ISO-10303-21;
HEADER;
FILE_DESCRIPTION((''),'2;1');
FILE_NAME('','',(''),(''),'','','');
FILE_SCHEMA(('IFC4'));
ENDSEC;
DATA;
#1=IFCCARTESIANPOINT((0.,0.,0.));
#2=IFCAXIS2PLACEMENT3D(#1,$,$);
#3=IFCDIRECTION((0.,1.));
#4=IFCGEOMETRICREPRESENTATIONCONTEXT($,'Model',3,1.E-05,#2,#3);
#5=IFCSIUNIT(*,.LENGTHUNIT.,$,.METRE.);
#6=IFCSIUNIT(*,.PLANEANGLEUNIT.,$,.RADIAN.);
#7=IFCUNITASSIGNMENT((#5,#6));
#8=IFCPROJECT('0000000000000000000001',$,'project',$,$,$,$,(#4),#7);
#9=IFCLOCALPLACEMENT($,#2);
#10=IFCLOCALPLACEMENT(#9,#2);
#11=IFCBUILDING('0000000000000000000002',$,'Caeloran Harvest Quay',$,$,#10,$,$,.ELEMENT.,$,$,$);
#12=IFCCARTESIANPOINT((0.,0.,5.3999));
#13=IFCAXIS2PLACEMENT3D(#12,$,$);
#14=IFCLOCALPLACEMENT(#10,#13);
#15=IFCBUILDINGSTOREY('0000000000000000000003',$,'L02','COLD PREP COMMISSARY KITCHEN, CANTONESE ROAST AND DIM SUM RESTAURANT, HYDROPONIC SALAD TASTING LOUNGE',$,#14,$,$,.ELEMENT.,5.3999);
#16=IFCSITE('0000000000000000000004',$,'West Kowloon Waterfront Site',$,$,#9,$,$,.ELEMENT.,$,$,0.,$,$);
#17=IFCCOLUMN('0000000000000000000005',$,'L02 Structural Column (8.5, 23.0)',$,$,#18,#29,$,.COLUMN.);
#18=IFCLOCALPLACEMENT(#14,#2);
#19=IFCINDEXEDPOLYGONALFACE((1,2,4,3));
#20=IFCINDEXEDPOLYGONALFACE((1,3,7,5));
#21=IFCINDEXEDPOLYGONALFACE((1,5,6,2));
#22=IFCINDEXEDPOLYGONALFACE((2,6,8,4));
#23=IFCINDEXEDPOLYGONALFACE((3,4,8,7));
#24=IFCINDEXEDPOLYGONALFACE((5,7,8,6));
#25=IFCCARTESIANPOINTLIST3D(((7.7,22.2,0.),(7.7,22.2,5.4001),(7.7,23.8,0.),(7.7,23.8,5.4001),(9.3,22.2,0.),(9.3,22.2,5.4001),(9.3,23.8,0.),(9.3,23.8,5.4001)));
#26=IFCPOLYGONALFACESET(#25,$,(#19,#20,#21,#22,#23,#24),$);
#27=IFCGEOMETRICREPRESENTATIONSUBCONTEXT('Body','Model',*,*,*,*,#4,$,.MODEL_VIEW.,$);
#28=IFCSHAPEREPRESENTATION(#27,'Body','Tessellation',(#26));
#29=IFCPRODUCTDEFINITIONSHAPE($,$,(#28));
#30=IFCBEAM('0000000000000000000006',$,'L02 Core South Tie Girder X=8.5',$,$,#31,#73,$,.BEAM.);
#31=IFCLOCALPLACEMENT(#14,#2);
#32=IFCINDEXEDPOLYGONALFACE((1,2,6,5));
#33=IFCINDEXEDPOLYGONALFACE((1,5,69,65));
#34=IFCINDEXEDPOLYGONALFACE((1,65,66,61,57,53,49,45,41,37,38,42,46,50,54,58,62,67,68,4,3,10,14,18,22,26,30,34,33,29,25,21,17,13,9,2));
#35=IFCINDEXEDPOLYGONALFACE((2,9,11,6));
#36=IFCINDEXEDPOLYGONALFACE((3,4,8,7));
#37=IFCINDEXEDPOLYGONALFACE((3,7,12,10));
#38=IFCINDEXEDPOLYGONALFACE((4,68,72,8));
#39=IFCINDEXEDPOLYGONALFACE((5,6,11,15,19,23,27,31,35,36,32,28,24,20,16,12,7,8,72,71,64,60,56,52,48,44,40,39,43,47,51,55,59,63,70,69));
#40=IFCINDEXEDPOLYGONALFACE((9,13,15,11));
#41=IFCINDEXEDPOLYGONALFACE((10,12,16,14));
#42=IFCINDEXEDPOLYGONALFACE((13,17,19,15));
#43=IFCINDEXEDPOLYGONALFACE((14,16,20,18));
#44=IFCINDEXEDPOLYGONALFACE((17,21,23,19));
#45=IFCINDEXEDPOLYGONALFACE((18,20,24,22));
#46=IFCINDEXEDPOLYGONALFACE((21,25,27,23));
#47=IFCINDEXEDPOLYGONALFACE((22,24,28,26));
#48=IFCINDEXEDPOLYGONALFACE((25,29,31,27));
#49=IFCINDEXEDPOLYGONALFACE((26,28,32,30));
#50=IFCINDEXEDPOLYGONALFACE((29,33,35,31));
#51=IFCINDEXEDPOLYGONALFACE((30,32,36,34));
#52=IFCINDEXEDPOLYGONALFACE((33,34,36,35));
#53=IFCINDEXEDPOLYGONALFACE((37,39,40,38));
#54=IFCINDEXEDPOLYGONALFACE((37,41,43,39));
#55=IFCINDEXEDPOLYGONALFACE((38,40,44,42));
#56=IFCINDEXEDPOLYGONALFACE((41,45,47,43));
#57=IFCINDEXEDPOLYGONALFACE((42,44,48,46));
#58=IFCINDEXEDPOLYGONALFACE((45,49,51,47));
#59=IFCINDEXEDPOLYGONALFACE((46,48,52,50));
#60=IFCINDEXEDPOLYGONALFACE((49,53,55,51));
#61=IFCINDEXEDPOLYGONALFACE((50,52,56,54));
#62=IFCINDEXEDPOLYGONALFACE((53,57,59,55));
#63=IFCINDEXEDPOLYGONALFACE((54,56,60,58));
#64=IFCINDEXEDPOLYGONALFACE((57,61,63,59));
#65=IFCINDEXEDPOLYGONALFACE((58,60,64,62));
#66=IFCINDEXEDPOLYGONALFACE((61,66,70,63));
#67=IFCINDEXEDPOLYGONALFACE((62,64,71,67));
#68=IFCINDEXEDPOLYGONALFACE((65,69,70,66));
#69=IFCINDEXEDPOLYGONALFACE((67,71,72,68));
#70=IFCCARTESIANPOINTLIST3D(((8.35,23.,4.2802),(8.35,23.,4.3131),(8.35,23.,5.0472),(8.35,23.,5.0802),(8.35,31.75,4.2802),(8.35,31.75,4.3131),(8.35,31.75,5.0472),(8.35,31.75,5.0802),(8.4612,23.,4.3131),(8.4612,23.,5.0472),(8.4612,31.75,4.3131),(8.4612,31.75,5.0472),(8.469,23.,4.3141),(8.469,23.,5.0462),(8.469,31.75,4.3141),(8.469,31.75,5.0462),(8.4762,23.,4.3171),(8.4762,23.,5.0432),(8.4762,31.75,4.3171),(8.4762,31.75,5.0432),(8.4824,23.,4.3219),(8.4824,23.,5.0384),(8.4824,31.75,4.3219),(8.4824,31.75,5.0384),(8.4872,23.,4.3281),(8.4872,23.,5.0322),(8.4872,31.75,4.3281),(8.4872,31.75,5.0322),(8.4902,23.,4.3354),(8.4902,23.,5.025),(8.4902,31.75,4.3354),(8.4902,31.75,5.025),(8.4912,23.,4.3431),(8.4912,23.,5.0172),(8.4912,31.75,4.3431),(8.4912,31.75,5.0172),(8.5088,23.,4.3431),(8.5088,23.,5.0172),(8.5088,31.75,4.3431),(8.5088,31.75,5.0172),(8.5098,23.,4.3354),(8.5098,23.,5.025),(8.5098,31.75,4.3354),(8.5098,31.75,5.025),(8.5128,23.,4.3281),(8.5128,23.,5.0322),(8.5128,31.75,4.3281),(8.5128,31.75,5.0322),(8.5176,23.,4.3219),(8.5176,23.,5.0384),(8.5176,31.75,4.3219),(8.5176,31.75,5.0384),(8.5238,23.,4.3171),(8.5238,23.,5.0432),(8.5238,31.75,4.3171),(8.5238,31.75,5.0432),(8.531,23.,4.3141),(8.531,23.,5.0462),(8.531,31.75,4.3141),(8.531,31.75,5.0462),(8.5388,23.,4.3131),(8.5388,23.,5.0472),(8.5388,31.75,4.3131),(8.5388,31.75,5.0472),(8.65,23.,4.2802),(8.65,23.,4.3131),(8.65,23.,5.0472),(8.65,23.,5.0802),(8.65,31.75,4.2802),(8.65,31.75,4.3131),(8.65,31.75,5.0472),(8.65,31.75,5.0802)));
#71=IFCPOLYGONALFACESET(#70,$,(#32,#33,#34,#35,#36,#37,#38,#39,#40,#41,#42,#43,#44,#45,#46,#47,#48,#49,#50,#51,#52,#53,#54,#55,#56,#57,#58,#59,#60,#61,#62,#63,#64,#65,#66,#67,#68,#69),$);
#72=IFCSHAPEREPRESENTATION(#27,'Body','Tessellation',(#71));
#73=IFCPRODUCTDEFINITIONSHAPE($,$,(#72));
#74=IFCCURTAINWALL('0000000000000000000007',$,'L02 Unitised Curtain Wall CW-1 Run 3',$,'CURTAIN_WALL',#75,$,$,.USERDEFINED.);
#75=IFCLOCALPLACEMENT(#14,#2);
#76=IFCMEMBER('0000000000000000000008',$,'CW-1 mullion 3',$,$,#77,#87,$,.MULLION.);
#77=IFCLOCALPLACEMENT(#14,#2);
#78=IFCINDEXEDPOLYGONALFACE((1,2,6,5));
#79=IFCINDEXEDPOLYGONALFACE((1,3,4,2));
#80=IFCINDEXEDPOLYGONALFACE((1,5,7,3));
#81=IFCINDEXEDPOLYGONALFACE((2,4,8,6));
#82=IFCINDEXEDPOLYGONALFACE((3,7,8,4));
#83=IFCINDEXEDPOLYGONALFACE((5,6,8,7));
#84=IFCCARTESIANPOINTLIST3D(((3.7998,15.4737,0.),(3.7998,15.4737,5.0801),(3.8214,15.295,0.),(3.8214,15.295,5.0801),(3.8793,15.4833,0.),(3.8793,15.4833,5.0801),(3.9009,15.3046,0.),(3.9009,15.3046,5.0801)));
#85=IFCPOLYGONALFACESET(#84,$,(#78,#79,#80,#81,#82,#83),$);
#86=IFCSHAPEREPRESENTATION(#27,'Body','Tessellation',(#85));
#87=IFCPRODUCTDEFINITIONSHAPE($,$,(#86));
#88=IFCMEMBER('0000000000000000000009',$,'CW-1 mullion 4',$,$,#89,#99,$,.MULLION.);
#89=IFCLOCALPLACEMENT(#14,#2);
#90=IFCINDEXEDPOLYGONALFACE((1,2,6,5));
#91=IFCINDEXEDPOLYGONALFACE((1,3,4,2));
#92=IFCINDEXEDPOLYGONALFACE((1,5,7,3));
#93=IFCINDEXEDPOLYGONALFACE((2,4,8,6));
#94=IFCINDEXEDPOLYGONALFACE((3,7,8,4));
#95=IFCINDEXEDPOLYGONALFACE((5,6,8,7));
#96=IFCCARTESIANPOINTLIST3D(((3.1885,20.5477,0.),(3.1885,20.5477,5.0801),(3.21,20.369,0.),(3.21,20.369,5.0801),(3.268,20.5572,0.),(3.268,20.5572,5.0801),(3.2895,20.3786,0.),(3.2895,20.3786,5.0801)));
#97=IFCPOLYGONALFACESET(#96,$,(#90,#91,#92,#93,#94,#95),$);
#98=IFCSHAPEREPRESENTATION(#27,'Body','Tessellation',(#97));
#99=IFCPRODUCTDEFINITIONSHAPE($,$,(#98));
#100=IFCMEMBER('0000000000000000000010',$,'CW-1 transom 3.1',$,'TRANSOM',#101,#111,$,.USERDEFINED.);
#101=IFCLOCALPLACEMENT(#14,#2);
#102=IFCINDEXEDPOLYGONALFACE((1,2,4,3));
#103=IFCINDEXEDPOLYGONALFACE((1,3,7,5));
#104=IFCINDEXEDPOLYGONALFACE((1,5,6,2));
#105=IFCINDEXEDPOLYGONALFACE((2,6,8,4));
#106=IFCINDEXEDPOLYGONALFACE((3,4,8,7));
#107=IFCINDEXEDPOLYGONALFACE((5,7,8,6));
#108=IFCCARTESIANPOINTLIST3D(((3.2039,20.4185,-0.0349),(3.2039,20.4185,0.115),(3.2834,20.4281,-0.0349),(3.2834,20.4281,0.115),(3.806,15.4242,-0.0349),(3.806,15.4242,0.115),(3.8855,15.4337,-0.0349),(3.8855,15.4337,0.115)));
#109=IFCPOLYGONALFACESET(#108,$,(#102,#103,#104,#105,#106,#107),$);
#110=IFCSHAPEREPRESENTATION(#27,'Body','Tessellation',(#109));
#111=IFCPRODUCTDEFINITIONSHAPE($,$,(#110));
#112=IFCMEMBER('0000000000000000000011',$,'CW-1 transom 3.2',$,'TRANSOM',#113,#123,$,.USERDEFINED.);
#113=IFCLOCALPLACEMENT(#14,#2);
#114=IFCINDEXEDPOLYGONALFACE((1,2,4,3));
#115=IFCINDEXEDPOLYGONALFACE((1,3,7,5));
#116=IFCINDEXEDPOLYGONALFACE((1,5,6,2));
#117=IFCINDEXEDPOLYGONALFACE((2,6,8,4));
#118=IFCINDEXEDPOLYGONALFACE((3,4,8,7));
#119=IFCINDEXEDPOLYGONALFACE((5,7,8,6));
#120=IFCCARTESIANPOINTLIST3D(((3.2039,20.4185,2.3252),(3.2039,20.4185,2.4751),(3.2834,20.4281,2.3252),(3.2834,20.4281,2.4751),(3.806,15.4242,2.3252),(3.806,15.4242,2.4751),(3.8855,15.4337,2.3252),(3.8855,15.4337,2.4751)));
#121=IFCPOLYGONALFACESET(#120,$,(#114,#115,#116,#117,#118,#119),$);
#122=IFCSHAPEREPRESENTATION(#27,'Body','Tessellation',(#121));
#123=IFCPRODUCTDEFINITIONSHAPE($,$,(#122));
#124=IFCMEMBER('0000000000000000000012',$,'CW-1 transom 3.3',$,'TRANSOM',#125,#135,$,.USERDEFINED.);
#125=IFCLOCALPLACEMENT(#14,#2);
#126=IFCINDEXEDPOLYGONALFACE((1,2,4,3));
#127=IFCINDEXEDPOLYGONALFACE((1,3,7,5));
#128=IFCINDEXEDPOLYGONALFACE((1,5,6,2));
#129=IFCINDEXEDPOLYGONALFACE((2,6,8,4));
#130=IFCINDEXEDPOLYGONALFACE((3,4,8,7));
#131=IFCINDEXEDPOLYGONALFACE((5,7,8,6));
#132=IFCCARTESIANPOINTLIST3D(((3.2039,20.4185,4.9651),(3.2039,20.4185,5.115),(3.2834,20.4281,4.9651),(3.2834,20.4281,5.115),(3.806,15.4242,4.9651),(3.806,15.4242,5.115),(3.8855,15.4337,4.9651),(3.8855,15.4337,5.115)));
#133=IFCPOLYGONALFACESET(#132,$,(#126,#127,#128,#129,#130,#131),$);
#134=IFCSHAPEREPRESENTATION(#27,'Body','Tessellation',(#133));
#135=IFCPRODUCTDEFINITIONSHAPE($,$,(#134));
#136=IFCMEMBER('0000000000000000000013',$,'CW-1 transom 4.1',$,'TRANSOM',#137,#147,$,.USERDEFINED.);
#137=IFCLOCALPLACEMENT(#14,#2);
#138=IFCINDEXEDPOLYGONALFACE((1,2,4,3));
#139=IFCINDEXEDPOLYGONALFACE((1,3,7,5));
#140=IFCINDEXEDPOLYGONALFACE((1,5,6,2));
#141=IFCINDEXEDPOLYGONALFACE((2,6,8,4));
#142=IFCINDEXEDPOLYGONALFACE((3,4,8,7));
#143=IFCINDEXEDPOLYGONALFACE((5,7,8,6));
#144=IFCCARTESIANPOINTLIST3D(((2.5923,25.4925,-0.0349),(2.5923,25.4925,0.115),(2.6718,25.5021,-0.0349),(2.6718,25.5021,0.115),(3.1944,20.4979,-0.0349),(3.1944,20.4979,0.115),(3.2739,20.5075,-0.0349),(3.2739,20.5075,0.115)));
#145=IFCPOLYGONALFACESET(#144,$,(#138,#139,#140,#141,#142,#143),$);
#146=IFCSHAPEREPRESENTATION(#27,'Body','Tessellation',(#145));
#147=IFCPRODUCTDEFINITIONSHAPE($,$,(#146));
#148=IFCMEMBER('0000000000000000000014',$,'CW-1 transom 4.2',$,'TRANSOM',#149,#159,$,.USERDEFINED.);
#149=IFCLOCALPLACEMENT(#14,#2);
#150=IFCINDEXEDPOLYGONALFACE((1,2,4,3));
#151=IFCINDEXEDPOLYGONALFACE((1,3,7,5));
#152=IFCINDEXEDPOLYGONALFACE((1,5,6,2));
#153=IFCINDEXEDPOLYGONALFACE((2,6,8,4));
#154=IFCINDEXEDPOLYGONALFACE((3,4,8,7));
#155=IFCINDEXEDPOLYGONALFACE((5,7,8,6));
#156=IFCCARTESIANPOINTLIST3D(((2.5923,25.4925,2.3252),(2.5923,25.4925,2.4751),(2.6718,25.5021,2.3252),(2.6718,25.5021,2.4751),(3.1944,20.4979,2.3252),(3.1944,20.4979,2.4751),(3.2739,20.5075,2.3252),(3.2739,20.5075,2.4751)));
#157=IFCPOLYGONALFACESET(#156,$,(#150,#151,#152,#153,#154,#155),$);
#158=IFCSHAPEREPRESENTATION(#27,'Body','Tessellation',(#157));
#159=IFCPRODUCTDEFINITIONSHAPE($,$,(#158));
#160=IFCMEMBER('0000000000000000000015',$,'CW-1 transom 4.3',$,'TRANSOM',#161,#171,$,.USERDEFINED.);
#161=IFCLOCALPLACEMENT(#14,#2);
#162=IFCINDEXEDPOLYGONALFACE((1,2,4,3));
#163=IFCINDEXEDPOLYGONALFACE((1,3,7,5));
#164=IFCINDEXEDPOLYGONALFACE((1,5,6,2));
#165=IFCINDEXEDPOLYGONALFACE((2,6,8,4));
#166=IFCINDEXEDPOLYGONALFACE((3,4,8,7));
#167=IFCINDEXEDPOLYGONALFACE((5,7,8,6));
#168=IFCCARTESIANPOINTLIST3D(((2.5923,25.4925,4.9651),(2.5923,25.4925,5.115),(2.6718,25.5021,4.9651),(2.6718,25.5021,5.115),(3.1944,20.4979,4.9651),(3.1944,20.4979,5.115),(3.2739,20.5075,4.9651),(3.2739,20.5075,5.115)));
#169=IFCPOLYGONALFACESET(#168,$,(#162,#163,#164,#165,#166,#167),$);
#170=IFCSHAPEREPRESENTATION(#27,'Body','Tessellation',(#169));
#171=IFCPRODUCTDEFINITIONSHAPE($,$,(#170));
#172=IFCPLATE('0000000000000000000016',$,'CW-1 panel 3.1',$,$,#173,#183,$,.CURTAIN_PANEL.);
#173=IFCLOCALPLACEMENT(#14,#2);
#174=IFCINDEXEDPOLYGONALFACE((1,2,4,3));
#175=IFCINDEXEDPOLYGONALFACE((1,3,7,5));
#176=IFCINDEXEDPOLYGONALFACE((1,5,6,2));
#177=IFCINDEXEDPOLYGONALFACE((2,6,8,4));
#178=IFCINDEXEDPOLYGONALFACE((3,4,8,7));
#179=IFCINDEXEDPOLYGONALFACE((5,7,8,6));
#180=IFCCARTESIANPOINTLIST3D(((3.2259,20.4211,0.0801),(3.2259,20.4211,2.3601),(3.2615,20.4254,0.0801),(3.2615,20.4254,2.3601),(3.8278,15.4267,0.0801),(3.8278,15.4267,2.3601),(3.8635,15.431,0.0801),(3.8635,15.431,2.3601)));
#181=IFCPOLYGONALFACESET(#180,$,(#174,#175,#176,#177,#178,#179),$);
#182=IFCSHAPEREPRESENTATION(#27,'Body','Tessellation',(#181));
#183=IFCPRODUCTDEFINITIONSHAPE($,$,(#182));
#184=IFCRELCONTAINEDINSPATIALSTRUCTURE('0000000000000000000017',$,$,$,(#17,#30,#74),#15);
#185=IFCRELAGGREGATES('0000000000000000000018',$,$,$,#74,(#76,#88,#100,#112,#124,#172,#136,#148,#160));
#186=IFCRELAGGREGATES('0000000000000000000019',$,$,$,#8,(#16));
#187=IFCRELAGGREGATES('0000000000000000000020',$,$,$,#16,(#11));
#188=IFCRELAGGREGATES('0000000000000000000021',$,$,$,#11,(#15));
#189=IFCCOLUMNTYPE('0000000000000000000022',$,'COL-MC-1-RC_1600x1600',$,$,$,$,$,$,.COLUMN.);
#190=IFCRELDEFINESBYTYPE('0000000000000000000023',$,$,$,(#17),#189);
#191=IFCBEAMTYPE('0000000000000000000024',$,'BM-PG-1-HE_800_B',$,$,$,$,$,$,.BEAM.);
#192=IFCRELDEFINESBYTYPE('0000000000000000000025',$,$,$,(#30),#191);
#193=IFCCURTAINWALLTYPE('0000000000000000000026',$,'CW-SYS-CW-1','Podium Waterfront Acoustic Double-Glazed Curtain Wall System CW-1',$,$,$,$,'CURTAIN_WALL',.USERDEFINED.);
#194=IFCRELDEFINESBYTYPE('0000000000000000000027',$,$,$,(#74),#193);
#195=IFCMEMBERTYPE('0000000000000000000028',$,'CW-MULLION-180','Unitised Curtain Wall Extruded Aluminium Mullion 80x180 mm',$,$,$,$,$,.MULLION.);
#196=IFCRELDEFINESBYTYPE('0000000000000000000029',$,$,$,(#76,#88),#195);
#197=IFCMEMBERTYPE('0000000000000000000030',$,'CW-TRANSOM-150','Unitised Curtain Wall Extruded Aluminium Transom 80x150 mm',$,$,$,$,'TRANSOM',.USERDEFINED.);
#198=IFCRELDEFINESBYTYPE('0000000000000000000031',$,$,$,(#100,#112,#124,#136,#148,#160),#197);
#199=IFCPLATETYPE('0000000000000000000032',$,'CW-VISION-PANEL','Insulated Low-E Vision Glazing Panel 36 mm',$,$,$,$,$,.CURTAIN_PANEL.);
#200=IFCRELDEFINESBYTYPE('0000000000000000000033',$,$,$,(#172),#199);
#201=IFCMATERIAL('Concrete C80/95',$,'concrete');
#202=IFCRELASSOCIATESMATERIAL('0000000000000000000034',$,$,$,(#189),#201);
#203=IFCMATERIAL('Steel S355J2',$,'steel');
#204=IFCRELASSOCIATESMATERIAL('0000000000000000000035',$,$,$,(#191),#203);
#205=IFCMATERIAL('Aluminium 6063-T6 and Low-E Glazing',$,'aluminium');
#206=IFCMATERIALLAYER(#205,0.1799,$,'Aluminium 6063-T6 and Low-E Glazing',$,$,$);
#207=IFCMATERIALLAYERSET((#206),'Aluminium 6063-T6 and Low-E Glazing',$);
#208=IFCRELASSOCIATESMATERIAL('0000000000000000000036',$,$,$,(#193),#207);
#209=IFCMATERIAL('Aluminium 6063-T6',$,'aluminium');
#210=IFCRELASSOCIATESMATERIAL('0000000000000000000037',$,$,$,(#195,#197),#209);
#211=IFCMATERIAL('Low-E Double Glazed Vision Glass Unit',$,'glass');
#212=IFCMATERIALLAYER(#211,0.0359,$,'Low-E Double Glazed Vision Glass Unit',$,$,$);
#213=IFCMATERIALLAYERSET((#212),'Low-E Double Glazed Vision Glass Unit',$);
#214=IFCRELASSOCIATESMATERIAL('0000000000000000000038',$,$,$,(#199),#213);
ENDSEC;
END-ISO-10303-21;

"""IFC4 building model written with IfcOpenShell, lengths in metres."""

from ifc_helpers import new_model, si_unit, direction, frame, origin, origin_2d, place, context, subcontext, project, spatial, rectangle, i_section, extrude, material, layer, layer_set, material_profile, profile_set, type_object, element, aggregate, save


model = new_model("IFC4")

# Units and contexts
model_context = context("Model", 3, precision=1e-05, world=origin(), true_north=direction((0.0, 1.0)))
body_context = subcontext(model_context, "Body", "Model", "MODEL_VIEW")
ifc_project = project(units=[si_unit("LENGTHUNIT", "METRE"), si_unit("PLANEANGLEUNIT", "RADIAN")], contexts=[model_context])

# Site, building, storey
site_placement = place(None, origin())
site = spatial("IfcSite", under=ifc_project, at=site_placement, Name="West Kowloon Waterfront Site", CompositionType="ELEMENT", RefElevation=0.0)
building_placement = place(site_placement, origin())
building = spatial("IfcBuilding", under=site, at=building_placement, Name="Caeloran Harvest Quay", CompositionType="ELEMENT")
storey_placement = place(building_placement, frame((0.0, 0.0, 5.3999)))
storey = spatial("IfcBuildingStorey", under=building, at=storey_placement, Name="L02", Description="COLD PREP COMMISSARY KITCHEN, CANTONESE ROAST AND DIM SUM RESTAURANT, HYDROPONIC SALAD TASTING LOUNGE", CompositionType="ELEMENT", Elevation=5.3999)

# Column
ifc_material_1 = material(Name="Concrete C80/95", Category="concrete")
ifc_material_profile_1 = material_profile(ifc_material_1, rectangle(XDim=1.6001, YDim=1.6001, at=origin_2d()), Name="RC 1600x1600")
ifc_profile_set_1 = profile_set([ifc_material_profile_1], Name="Concrete C80/95")
column_type = type_object("IfcColumnType", Name="COL-MC-1-RC_1600x1600", PredefinedType="COLUMN", material=ifc_profile_set_1)
column_placement = place(storey_placement, frame((8.5, 23.0, 0.0), z_axis=(0.0, 0.0, 1.0), x_axis=(1.0, 0.0, 0.0)))
element("IfcColumn", 1, at=column_placement, inside=storey, type_object=column_type, Name="L02 Structural Column (8.5, 23.0)", PredefinedType="COLUMN", context=body_context, shape_type="SweptSolid", body=[
    extrude(rectangle(XDim=1.6001, YDim=1.6001, at=origin_2d()), origin(), (0.0, 0.0, 1.0), 5.4001),
])

# Beam
ifc_material_2 = material(Name="Steel S355J2", Category="steel")
ifc_material_profile_2 = material_profile(ifc_material_2, i_section(OverallWidth=0.3, OverallDepth=0.8, WebThickness=0.0176, FlangeThickness=0.033, FilletRadius=0.03, at=origin_2d()), Name="HE 800 B")
ifc_profile_set_2 = profile_set([ifc_material_profile_2], Name="Steel S355J2")
beam_type = type_object("IfcBeamType", Name="BM-PG-1-HE_800_B", PredefinedType="BEAM", material=ifc_profile_set_2)
beam_placement = place(storey_placement, frame((8.5, 23.0, 4.6802), z_axis=(0.0, 1.0, 0.0), x_axis=(-1.0, 0.0, 0.0)))
element("IfcBeam", 2, at=beam_placement, inside=storey, type_object=beam_type, Name="L02 Core South Tie Girder X=8.5", PredefinedType="BEAM", context=body_context, shape_type="SweptSolid", body=[
    extrude(i_section(OverallWidth=0.3, OverallDepth=0.8, WebThickness=0.0176, FlangeThickness=0.033, FilletRadius=0.03, at=origin_2d()), origin(), (0.0, 0.0, 1.0), 8.75),
])

# Curtain wall, members, plate
ifc_material_3 = material(Name="Aluminium 6063-T6 and Low-E Glazing", Category="aluminium")
ifc_layer_1 = layer(ifc_material_3, 0.1799, Name="Aluminium 6063-T6 and Low-E Glazing")
ifc_layer_set_1 = layer_set([ifc_layer_1], Name="Aluminium 6063-T6 and Low-E Glazing")
curtain_wall_type = type_object("IfcCurtainWallType", Name="CW-SYS-CW-1", Description="Podium Waterfront Acoustic Double-Glazed Curtain Wall System CW-1", ElementType="CURTAIN_WALL", PredefinedType="USERDEFINED", material=ifc_layer_set_1)
curtain_wall_placement = place(storey_placement, origin())
curtain_wall = element("IfcCurtainWall", 3, at=curtain_wall_placement, inside=storey, type_object=curtain_wall_type, Name="L02 Unitised Curtain Wall CW-1 Run 3", ObjectType="CURTAIN_WALL", PredefinedType="USERDEFINED")
ifc_material_4 = material(Name="Aluminium 6063-T6", Category="aluminium")
ifc_material_profile_3 = material_profile(ifc_material_4, rectangle(XDim=0.0801, YDim=0.1799, at=origin_2d()), Name="CW-MULLION-180")
ifc_profile_set_3 = profile_set([ifc_material_profile_3], Name="Aluminium 6063-T6")
member_type_1 = type_object("IfcMemberType", Name="CW-MULLION-180", Description="Unitised Curtain Wall Extruded Aluminium Mullion 80x180 mm", PredefinedType="MULLION", material=ifc_profile_set_3)
member_1_placement = place(storey_placement, frame((3.8503, 15.3892, 0.0), z_axis=(0.0, 0.0, 1.0), x_axis=(-0.992815, -0.119658, 0.0)))
member_1 = element("IfcMember", 4, at=member_1_placement, type_object=member_type_1, Name="CW-1 mullion 3", PredefinedType="MULLION", context=body_context, shape_type="SweptSolid", body=[
    extrude(rectangle(XDim=0.0801, YDim=0.1799, at=origin_2d()), origin(), (0.0, 0.0, 1.0), 5.0801),
])
member_2_placement = place(storey_placement, frame((3.239, 20.4631, 0.0), z_axis=(0.0, 0.0, 1.0), x_axis=(-0.992815, -0.119658, 0.0)))
member_2 = element("IfcMember", 5, at=member_2_placement, type_object=member_type_1, Name="CW-1 mullion 4", PredefinedType="MULLION", context=body_context, shape_type="SweptSolid", body=[
    extrude(rectangle(XDim=0.0801, YDim=0.1799, at=origin_2d()), origin(), (0.0, 0.0, 1.0), 5.0801),
])
ifc_material_profile_4 = material_profile(ifc_material_4, rectangle(XDim=0.0801, YDim=0.1499, at=origin_2d()), Name="CW-TRANSOM-150")
ifc_profile_set_4 = profile_set([ifc_material_profile_4], Name="Aluminium 6063-T6")
member_type_2 = type_object("IfcMemberType", Name="CW-TRANSOM-150", Description="Unitised Curtain Wall Extruded Aluminium Transom 80x150 mm", ElementType="TRANSOM", PredefinedType="USERDEFINED", material=ifc_profile_set_4)
member_3_placement = place(storey_placement, frame((3.8457, 15.429, 0.04), z_axis=(-0.119679, 0.992813, 0.0), x_axis=(-0.992813, -0.119679, 0.0)))
member_3 = element("IfcMember", 6, at=member_3_placement, type_object=member_type_2, Name="CW-1 transom 3.1", ObjectType="TRANSOM", PredefinedType="USERDEFINED", context=body_context, shape_type="SweptSolid", body=[
    extrude(rectangle(XDim=0.0801, YDim=0.1499, at=origin_2d()), origin(), (0.0, 0.0, 1.0), 5.0305),
])
member_4_placement = place(storey_placement, frame((3.8457, 15.429, 2.4001), z_axis=(-0.119679, 0.992813, 0.0), x_axis=(-0.992813, -0.119679, 0.0)))
member_4 = element("IfcMember", 7, at=member_4_placement, type_object=member_type_2, Name="CW-1 transom 3.2", ObjectType="TRANSOM", PredefinedType="USERDEFINED", context=body_context, shape_type="SweptSolid", body=[
    extrude(rectangle(XDim=0.0801, YDim=0.1499, at=origin_2d()), origin(), (0.0, 0.0, 1.0), 5.0305),
])
member_5_placement = place(storey_placement, frame((3.8457, 15.429, 5.04), z_axis=(-0.119679, 0.992813, 0.0), x_axis=(-0.992813, -0.119679, 0.0)))
member_5 = element("IfcMember", 8, at=member_5_placement, type_object=member_type_2, Name="CW-1 transom 3.3", ObjectType="TRANSOM", PredefinedType="USERDEFINED", context=body_context, shape_type="SweptSolid", body=[
    extrude(rectangle(XDim=0.0801, YDim=0.1499, at=origin_2d()), origin(), (0.0, 0.0, 1.0), 5.0305),
])
member_6_placement = place(storey_placement, frame((3.2341, 20.5027, 0.04), z_axis=(-0.119673, 0.992813, 0.0), x_axis=(-0.992813, -0.119673, 0.0)))
member_6 = element("IfcMember", 9, at=member_6_placement, type_object=member_type_2, Name="CW-1 transom 4.1", ObjectType="TRANSOM", PredefinedType="USERDEFINED", context=body_context, shape_type="SweptSolid", body=[
    extrude(rectangle(XDim=0.0801, YDim=0.1499, at=origin_2d()), origin(), (0.0, 0.0, 1.0), 5.0308),
])
member_7_placement = place(storey_placement, frame((3.2341, 20.5027, 2.4001), z_axis=(-0.119673, 0.992813, 0.0), x_axis=(-0.992813, -0.119673, 0.0)))
member_7 = element("IfcMember", 10, at=member_7_placement, type_object=member_type_2, Name="CW-1 transom 4.2", ObjectType="TRANSOM", PredefinedType="USERDEFINED", context=body_context, shape_type="SweptSolid", body=[
    extrude(rectangle(XDim=0.0801, YDim=0.1499, at=origin_2d()), origin(), (0.0, 0.0, 1.0), 5.0308),
])
member_8_placement = place(storey_placement, frame((3.2341, 20.5027, 5.04), z_axis=(-0.119673, 0.992813, 0.0), x_axis=(-0.992813, -0.119673, 0.0)))
member_8 = element("IfcMember", 11, at=member_8_placement, type_object=member_type_2, Name="CW-1 transom 4.3", ObjectType="TRANSOM", PredefinedType="USERDEFINED", context=body_context, shape_type="SweptSolid", body=[
    extrude(rectangle(XDim=0.0801, YDim=0.1499, at=origin_2d()), origin(), (0.0, 0.0, 1.0), 5.0308),
])
ifc_material_5 = material(Name="Low-E Double Glazed Vision Glass Unit", Category="glass")
ifc_layer_2 = layer(ifc_material_5, 0.0359, Name="Low-E Double Glazed Vision Glass Unit")
ifc_layer_set_2 = layer_set([ifc_layer_2], Name="Low-E Double Glazed Vision Glass Unit")
plate_type = type_object("IfcPlateType", Name="CW-VISION-PANEL", Description="Insulated Low-E Vision Glazing Panel 36 mm", PredefinedType="CURTAIN_PANEL", material=ifc_layer_set_2)
plate_1_placement = place(storey_placement, frame((3.5447, 17.926, 0.0801), z_axis=(0.0, 0.0, 1.0), x_axis=(-0.119658, 0.992815, 0.0)))
plate_1 = element("IfcPlate", 12, at=plate_1_placement, type_object=plate_type, Name="CW-1 panel 3.1", PredefinedType="CURTAIN_PANEL", context=body_context, shape_type="SweptSolid", body=[
    extrude(rectangle(XDim=5.0305, YDim=0.0359, at=origin_2d()), origin(), (0.0, 0.0, 1.0), 2.28),
])
aggregate(curtain_wall, [member_1, member_2, member_3, member_4, member_5, plate_1, member_6, member_7, member_8])

save(model, "model.ifc")
